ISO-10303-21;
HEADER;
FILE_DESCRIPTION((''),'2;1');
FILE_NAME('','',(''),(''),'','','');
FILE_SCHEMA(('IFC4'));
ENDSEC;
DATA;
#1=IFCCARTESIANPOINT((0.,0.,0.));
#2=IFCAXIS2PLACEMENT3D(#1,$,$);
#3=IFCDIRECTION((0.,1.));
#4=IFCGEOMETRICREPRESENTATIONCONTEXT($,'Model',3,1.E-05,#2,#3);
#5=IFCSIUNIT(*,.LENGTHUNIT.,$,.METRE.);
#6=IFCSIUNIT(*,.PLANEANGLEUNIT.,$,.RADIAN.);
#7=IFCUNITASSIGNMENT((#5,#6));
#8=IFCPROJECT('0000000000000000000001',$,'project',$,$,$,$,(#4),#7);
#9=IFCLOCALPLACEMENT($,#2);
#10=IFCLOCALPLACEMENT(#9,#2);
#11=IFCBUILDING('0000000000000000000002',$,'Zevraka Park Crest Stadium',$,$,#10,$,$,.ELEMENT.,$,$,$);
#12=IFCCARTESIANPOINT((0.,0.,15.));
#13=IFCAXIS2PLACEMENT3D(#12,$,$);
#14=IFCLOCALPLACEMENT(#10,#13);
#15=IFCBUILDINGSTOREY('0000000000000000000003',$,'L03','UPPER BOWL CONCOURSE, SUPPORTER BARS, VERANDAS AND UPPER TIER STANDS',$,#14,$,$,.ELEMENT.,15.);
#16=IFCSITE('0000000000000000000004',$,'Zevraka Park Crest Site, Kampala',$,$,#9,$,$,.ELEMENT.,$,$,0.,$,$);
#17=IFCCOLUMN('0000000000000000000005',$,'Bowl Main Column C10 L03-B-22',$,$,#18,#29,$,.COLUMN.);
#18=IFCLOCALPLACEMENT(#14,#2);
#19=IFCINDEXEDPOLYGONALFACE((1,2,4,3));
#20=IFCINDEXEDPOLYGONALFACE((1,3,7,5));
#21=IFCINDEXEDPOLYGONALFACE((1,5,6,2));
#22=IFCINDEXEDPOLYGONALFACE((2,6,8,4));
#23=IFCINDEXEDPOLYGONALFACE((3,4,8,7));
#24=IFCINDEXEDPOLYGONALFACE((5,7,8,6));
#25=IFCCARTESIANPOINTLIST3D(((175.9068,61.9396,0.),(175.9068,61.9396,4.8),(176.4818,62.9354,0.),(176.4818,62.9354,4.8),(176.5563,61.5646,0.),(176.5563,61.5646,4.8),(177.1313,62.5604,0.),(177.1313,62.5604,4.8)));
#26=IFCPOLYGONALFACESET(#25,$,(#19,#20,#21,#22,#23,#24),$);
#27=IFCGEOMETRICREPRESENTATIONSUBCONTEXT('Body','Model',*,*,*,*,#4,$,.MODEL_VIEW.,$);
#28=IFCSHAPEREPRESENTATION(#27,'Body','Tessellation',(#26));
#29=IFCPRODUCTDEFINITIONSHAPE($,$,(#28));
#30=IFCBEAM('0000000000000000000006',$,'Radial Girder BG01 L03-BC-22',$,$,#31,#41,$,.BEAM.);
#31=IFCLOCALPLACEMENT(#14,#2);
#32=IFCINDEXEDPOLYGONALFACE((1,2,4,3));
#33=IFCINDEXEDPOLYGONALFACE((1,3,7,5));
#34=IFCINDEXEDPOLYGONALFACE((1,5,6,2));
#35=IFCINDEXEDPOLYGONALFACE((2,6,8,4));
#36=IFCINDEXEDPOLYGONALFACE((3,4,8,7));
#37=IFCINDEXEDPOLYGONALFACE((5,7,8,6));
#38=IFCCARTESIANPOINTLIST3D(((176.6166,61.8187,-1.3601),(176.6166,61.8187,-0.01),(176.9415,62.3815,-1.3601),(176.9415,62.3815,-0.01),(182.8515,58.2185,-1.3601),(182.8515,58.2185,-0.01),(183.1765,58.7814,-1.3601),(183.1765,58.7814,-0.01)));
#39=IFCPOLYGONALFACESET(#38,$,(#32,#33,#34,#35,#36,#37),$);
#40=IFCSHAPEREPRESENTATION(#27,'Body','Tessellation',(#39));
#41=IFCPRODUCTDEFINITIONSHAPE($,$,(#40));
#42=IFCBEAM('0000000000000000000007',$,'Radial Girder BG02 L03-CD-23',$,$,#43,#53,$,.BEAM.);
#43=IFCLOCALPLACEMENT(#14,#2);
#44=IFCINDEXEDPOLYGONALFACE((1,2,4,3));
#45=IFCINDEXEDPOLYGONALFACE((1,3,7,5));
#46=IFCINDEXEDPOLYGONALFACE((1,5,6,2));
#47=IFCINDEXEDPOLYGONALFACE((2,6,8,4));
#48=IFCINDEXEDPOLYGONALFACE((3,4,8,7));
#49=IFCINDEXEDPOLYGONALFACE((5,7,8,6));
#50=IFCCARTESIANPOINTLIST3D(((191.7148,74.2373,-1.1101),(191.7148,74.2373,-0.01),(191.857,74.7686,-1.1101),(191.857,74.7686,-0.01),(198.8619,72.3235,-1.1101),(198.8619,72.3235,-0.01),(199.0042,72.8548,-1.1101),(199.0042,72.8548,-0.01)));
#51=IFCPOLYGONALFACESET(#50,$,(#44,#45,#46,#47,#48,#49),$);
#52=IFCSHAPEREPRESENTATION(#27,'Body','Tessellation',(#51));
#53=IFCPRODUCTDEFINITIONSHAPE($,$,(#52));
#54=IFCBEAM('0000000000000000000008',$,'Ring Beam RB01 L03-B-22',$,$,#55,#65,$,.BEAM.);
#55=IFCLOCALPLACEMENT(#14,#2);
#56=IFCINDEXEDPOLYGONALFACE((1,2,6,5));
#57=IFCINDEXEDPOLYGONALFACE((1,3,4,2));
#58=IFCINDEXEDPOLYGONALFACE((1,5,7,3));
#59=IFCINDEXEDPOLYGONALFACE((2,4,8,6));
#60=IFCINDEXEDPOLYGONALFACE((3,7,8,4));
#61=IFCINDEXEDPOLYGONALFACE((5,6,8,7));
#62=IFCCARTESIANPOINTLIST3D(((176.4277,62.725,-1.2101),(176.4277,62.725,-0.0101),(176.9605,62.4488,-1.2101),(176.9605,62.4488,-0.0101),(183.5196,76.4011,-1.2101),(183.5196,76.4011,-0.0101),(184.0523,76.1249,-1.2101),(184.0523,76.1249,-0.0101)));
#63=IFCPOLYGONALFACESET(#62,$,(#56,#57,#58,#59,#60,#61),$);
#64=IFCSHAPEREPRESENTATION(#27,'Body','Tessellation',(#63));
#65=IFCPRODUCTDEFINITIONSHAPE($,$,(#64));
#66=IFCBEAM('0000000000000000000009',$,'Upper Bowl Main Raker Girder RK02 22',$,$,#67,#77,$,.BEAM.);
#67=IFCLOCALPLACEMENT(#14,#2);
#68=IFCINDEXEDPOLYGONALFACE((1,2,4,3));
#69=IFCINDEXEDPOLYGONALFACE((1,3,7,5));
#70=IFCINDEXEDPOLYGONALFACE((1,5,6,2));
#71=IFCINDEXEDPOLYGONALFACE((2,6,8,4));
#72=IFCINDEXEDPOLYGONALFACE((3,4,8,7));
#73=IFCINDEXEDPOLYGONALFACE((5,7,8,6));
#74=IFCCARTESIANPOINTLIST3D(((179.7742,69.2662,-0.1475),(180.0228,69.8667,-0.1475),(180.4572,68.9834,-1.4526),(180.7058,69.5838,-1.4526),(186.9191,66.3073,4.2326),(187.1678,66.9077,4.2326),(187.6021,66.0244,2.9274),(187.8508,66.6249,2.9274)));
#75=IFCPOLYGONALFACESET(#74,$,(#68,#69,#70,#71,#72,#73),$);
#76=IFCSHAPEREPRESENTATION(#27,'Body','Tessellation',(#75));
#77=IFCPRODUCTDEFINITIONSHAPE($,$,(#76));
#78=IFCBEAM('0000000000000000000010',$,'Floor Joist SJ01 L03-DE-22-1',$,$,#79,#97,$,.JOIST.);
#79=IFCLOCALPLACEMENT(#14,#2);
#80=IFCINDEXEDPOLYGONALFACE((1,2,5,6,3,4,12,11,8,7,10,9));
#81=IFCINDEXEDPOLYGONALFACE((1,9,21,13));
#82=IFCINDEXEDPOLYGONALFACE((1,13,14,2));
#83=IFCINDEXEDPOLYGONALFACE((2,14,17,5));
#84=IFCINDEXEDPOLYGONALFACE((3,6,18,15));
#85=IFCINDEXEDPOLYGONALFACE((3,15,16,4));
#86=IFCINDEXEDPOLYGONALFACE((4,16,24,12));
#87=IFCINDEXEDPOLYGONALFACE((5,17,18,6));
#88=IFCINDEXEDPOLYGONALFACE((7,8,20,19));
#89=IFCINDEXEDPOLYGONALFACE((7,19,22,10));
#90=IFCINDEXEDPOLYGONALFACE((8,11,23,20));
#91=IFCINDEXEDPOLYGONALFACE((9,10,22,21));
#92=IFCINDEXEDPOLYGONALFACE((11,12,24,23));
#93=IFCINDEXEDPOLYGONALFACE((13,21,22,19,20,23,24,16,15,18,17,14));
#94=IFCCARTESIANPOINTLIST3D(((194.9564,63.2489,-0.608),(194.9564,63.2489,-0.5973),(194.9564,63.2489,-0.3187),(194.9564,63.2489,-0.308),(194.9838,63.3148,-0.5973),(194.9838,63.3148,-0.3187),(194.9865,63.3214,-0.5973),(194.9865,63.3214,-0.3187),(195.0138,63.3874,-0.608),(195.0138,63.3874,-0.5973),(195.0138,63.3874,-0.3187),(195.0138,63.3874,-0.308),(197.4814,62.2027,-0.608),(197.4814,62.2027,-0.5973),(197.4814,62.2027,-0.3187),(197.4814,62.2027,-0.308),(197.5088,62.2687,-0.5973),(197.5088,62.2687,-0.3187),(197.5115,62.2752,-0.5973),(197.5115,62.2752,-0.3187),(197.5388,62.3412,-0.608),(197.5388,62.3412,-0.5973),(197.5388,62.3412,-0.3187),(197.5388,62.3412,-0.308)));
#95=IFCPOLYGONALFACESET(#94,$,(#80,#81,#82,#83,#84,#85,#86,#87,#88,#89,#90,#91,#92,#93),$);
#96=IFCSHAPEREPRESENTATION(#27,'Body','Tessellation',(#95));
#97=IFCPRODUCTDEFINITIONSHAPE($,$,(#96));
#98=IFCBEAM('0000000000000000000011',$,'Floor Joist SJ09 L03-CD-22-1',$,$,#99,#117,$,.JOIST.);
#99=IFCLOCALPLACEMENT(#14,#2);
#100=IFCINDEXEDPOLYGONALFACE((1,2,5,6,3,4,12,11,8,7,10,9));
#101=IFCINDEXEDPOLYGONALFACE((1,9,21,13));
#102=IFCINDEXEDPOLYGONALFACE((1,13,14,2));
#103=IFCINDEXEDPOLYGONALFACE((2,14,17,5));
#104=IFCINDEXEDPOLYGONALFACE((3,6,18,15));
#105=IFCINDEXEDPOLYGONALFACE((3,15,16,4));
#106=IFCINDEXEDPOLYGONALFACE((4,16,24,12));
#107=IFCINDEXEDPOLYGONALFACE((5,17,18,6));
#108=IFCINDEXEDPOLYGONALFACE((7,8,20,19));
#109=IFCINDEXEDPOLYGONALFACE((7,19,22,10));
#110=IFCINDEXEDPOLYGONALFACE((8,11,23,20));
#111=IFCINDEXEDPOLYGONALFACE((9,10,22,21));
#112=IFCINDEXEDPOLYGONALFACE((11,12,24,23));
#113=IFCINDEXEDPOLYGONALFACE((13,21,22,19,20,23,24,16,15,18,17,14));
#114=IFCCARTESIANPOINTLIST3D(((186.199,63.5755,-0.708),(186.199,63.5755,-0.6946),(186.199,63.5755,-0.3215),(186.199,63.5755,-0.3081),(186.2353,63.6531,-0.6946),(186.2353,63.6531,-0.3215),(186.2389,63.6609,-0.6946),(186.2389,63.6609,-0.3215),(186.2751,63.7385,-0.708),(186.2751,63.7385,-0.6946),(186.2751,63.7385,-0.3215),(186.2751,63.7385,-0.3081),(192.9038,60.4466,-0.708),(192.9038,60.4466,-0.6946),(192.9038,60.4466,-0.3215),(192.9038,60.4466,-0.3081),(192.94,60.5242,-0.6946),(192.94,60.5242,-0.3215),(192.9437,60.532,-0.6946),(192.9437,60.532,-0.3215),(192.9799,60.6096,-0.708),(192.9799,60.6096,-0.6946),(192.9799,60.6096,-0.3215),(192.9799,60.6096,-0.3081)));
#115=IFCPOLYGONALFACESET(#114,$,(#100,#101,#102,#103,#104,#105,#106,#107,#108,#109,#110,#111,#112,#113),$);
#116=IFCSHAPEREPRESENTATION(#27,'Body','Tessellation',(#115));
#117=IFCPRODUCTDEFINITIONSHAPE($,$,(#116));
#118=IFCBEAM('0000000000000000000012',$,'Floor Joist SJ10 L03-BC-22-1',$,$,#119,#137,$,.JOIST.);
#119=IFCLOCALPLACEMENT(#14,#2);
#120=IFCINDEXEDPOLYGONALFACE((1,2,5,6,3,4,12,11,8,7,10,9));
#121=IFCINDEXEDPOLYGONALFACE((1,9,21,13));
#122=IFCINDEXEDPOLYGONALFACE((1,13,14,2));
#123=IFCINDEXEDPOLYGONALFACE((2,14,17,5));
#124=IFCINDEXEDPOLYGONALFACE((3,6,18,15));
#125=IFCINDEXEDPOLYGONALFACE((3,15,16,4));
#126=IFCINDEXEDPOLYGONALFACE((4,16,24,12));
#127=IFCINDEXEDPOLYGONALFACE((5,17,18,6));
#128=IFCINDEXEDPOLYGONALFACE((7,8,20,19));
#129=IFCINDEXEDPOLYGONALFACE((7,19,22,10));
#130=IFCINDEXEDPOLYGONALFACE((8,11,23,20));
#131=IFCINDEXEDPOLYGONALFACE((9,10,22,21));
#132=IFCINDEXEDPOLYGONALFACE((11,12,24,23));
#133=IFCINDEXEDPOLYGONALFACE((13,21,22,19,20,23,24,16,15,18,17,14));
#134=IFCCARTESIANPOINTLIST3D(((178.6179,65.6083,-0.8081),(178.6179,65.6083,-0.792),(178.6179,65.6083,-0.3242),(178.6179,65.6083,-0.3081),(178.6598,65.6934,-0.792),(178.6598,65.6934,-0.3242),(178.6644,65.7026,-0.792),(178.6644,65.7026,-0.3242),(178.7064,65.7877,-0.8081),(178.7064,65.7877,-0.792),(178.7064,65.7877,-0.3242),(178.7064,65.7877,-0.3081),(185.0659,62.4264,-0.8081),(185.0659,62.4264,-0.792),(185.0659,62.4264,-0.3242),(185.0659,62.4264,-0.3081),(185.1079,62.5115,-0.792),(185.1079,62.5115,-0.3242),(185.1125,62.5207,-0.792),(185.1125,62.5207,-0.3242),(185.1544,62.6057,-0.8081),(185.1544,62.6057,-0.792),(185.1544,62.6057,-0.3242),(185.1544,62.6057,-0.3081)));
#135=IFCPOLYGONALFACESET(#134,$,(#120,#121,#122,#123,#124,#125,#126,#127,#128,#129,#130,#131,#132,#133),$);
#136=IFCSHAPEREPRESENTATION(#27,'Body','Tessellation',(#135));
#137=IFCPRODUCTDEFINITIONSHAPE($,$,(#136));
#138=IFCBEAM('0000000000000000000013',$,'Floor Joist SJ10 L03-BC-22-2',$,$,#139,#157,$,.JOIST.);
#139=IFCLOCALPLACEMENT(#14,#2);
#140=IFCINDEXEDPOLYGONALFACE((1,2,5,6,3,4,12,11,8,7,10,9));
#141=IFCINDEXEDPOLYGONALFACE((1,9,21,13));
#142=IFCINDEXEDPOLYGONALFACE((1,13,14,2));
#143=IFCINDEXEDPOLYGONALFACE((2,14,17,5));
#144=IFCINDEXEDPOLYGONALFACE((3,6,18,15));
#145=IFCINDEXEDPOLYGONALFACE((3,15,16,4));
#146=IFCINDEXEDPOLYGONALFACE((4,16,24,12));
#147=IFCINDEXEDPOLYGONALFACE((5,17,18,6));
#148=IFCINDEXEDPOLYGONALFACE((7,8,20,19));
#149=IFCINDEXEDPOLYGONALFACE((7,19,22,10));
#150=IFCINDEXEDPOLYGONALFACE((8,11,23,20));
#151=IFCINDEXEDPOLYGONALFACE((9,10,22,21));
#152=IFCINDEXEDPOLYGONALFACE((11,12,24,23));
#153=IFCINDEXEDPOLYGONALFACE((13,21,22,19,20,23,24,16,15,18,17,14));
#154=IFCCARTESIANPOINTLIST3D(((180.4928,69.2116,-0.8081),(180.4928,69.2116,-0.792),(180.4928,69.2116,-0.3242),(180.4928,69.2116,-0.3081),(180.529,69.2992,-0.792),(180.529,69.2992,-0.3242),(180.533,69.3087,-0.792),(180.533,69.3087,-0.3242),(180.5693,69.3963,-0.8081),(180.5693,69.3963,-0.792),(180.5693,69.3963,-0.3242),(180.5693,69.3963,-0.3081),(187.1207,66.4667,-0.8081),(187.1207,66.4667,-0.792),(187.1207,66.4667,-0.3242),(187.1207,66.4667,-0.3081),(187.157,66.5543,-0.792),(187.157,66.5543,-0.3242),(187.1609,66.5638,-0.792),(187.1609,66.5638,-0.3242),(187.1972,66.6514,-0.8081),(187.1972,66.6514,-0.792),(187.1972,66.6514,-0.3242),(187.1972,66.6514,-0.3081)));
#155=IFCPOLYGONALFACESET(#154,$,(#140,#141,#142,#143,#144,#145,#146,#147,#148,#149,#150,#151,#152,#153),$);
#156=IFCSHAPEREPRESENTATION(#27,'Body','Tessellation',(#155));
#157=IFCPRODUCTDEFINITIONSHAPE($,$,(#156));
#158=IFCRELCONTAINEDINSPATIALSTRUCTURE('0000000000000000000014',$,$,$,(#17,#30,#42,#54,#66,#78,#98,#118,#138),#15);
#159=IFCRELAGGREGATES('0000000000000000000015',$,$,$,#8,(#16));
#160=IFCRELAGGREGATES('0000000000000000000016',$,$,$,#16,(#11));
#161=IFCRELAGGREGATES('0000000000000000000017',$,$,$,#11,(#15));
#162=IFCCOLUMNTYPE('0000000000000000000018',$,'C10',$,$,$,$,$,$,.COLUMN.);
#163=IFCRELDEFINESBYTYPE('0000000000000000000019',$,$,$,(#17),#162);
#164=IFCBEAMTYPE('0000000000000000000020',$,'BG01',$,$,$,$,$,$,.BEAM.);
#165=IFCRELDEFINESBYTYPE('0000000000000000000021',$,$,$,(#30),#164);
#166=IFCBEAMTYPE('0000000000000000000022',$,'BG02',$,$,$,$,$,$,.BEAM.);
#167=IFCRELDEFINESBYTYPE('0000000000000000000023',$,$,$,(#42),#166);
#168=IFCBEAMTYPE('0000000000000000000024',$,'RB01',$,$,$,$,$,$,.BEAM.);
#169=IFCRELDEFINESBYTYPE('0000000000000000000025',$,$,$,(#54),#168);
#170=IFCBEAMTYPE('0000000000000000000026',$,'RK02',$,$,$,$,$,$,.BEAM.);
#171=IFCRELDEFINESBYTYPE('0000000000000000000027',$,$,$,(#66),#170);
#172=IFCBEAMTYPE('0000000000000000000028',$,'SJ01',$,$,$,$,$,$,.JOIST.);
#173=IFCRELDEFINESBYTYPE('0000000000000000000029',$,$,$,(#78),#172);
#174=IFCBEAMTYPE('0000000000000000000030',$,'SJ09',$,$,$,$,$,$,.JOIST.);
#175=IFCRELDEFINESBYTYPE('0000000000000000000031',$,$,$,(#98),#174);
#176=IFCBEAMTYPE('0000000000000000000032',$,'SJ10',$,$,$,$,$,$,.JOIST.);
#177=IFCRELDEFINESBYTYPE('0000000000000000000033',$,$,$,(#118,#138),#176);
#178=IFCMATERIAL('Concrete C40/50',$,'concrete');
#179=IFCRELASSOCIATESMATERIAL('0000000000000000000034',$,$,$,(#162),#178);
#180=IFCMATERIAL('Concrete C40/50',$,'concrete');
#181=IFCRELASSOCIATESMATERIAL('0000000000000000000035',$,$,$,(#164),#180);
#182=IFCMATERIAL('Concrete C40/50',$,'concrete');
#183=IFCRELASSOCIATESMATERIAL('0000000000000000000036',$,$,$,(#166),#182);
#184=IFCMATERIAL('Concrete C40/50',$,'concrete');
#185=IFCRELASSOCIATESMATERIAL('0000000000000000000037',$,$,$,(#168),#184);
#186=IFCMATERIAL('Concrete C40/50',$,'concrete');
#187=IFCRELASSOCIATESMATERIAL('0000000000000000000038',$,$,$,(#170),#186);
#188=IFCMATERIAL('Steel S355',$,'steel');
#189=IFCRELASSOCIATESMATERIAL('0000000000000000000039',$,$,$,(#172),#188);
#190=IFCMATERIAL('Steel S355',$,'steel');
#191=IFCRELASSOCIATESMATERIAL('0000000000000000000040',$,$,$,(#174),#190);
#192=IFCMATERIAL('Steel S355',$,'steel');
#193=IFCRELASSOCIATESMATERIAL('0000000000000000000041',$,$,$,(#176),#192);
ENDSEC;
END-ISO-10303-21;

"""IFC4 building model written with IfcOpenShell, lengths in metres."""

from ifc_helpers import new_model, si_unit, direction, frame, origin, origin_2d, place, context, subcontext, project, spatial, rectangle, i_section, extrude, material, material_profile, profile_set, type_object, element, save


model = new_model("IFC4")

# Units and contexts
model_context = context("Model", 3, precision=1e-05, world=origin(), true_north=direction((0.0, 1.0)))
body_context = subcontext(model_context, "Body", "Model", "MODEL_VIEW")
ifc_project = project(units=[si_unit("LENGTHUNIT", "METRE"), si_unit("PLANEANGLEUNIT", "RADIAN")], contexts=[model_context])

# Site, building, storey
site_placement = place(None, origin())
site = spatial("IfcSite", under=ifc_project, at=site_placement, Name="Zevraka Park Crest Site, Kampala", CompositionType="ELEMENT", RefElevation=0.0)
building_placement = place(site_placement, origin())
building = spatial("IfcBuilding", under=site, at=building_placement, Name="Zevraka Park Crest Stadium", CompositionType="ELEMENT")
storey_placement = place(building_placement, frame((0.0, 0.0, 15.0)))
storey = spatial("IfcBuildingStorey", under=building, at=storey_placement, Name="L03", Description="UPPER BOWL CONCOURSE, SUPPORTER BARS, VERANDAS AND UPPER TIER STANDS", CompositionType="ELEMENT", Elevation=15.0)

# Column
ifc_material_1 = material(Name="Concrete C40/50", Category="concrete")
ifc_material_profile_1 = material_profile(ifc_material_1, rectangle(XDim=0.75, YDim=1.1499, at=origin_2d()), Name="RC 1150x750")
ifc_profile_set_1 = profile_set([ifc_material_profile_1], Name="Concrete C40/50")
column_type = type_object("IfcColumnType", Name="C10", PredefinedType="COLUMN", material=ifc_profile_set_1)
column_placement = place(storey_placement, frame((176.519, 62.25, 0.0), z_axis=(0.0, 0.0, 1.0), x_axis=(-0.866025, 0.5, 0.0)))
element("IfcColumn", 1, at=column_placement, inside=storey, type_object=column_type, Name="Bowl Main Column C10 L03-B-22", PredefinedType="COLUMN", context=body_context, shape_type="SweptSolid", body=[
    extrude(rectangle(XDim=0.75, YDim=1.1499, at=origin_2d()), origin(), (0.0, 0.0, 1.0), 4.8),
])

# Beams
ifc_material_2 = material(Name="Concrete C40/50", Category="concrete")
ifc_material_profile_2 = material_profile(ifc_material_2, rectangle(XDim=0.6499, YDim=1.3501, at=origin_2d()), Name="RC 1350x650")
ifc_profile_set_2 = profile_set([ifc_material_profile_2], Name="Concrete C40/50")
beam_type_1 = type_object("IfcBeamType", Name="BG01", PredefinedType="BEAM", material=ifc_profile_set_2)
beam_1_placement = place(storey_placement, frame((176.7791, 62.1001, -0.6851), z_axis=(0.866001, -0.500041, 0.0), x_axis=(0.500041, 0.866001, 0.0)))
element("IfcBeam", 2, at=beam_1_placement, inside=storey, type_object=beam_type_1, Name="Radial Girder BG01 L03-BC-22", PredefinedType="BEAM", context=body_context, shape_type="SweptSolid", body=[
    extrude(rectangle(XDim=0.6499, YDim=1.3501, at=origin_2d()), origin(), (0.0, 0.0, 1.0), 7.1997),
])
ifc_material_3 = material(Name="Concrete C40/50", Category="concrete")
ifc_material_profile_3 = material_profile(ifc_material_3, rectangle(XDim=0.55, YDim=1.1001, at=origin_2d()), Name="RC 1100x550")
ifc_profile_set_3 = profile_set([ifc_material_profile_3], Name="Concrete C40/50")
beam_type_2 = type_object("IfcBeamType", Name="BG02", PredefinedType="BEAM", material=ifc_profile_set_3)
beam_2_placement = place(storey_placement, frame((191.7859, 74.5029, -0.5601), z_axis=(0.965969, -0.258659, 0.0), x_axis=(0.258659, 0.965969, 0.0)))
element("IfcBeam", 3, at=beam_2_placement, inside=storey, type_object=beam_type_2, Name="Radial Girder BG02 L03-CD-23", PredefinedType="BEAM", context=body_context, shape_type="SweptSolid", body=[
    extrude(rectangle(XDim=0.55, YDim=1.1001, at=origin_2d()), origin(), (0.0, 0.0, 1.0), 7.3989),
])
ifc_material_4 = material(Name="Concrete C40/50", Category="concrete")
ifc_material_profile_4 = material_profile(ifc_material_4, rectangle(XDim=0.6001, YDim=1.2, at=origin_2d()), Name="RC 1200x600")
ifc_profile_set_4 = profile_set([ifc_material_profile_4], Name="Concrete C40/50")
beam_type_3 = type_object("IfcBeamType", Name="RB01", PredefinedType="BEAM", material=ifc_profile_set_4)
beam_3_placement = place(storey_placement, frame((176.6941, 62.5869, -0.6101), z_axis=(0.460344, 0.887741, 0.0), x_axis=(-0.887741, 0.460344, 0.0)))
element("IfcBeam", 4, at=beam_3_placement, inside=storey, type_object=beam_type_3, Name="Ring Beam RB01 L03-B-22", PredefinedType="BEAM", context=body_context, shape_type="SweptSolid", body=[
    extrude(rectangle(XDim=0.6001, YDim=1.2, at=origin_2d()), origin(), (0.0, 0.0, 1.0), 15.4055),
])
ifc_material_5 = material(Name="Concrete C40/50", Category="concrete")
ifc_material_profile_5 = material_profile(ifc_material_5, rectangle(XDim=0.6499, YDim=1.5, at=origin_2d()), Name="RC 1500x650")
ifc_profile_set_5 = profile_set([ifc_material_profile_5], Name="Concrete C40/50")
beam_type_4 = type_object("IfcBeamType", Name="RK02", PredefinedType="BEAM", material=ifc_profile_set_5)
beam_4_placement = place(storey_placement, frame((180.24, 69.425, -0.8), z_axis=(0.803916, -0.332928, 0.492826), x_axis=(0.382619, 0.923906, 0.0)))
element("IfcBeam", 5, at=beam_4_placement, inside=storey, type_object=beam_type_4, Name="Upper Bowl Main Raker Girder RK02 22", PredefinedType="BEAM", context=body_context, shape_type="SweptSolid", body=[
    extrude(rectangle(XDim=0.6499, YDim=1.5, at=origin_2d()), origin(), (0.0, 0.0, 1.0), 8.8877),
])
ifc_material_6 = material(Name="Steel S355", Category="steel")
ifc_material_profile_6 = material_profile(ifc_material_6, i_section(OverallWidth=0.1499, OverallDepth=0.3, WebThickness=0.0071, FlangeThickness=0.0107, at=origin_2d()), Name="IPE 300")
ifc_profile_set_6 = profile_set([ifc_material_profile_6], Name="Steel S355")
beam_type_5 = type_object("IfcBeamType", Name="SJ01", PredefinedType="JOIST", material=ifc_profile_set_6)
beam_5_placement = place(storey_placement, frame((194.9851, 63.3181, -0.458), z_axis=(0.923842, -0.382775, 0.0), x_axis=(0.382775, 0.923842, 0.0)))
element("IfcBeam", 6, at=beam_5_placement, inside=storey, type_object=beam_type_5, Name="Floor Joist SJ01 L03-DE-22-1", PredefinedType="JOIST", context=body_context, shape_type="SweptSolid", body=[
    extrude(i_section(OverallWidth=0.1499, OverallDepth=0.3, WebThickness=0.0071, FlangeThickness=0.0107, at=origin_2d()), origin(), (0.0, 0.0, 1.0), 2.7332),
])
ifc_material_7 = material(Name="Steel S355", Category="steel")
ifc_material_profile_7 = material_profile(ifc_material_7, i_section(OverallWidth=0.1799, OverallDepth=0.3999, WebThickness=0.0085, FlangeThickness=0.0134, at=origin_2d()), Name="IPE 400")
ifc_profile_set_7 = profile_set([ifc_material_profile_7], Name="Steel S355")
beam_type_6 = type_object("IfcBeamType", Name="SJ09", PredefinedType="JOIST", material=ifc_profile_set_7)
beam_6_placement = place(storey_placement, frame((186.2371, 63.657, -0.5081), z_axis=(0.906184, -0.422884, 0.0), x_axis=(0.422884, 0.906184, 0.0)))
element("IfcBeam", 7, at=beam_6_placement, inside=storey, type_object=beam_type_6, Name="Floor Joist SJ09 L03-CD-22-1", PredefinedType="JOIST", context=body_context, shape_type="SweptSolid", body=[
    extrude(i_section(OverallWidth=0.1799, OverallDepth=0.3999, WebThickness=0.0085, FlangeThickness=0.0134, at=origin_2d()), origin(), (0.0, 0.0, 1.0), 7.3989),
])
ifc_material_8 = material(Name="Steel S355", Category="steel")
ifc_material_profile_8 = material_profile(ifc_material_8, i_section(OverallWidth=0.2, OverallDepth=0.5, WebThickness=0.0103, FlangeThickness=0.0161, at=origin_2d()), Name="IPE 500")
ifc_profile_set_8 = profile_set([ifc_material_profile_8], Name="Steel S355")
beam_type_7 = type_object("IfcBeamType", Name="SJ10", PredefinedType="JOIST", material=ifc_profile_set_8)
beam_7_placement = place(storey_placement, frame((178.6621, 65.698, -0.5581), z_axis=(0.896758, -0.442522, 0.0), x_axis=(0.442522, 0.896758, 0.0)))
element("IfcBeam", 8, at=beam_7_placement, inside=storey, type_object=beam_type_7, Name="Floor Joist SJ10 L03-BC-22-1", PredefinedType="JOIST", context=body_context, shape_type="SweptSolid", body=[
    extrude(i_section(OverallWidth=0.2, OverallDepth=0.5, WebThickness=0.0103, FlangeThickness=0.0161, at=origin_2d()), origin(), (0.0, 0.0, 1.0), 7.1904),
])
beam_8_placement = place(storey_placement, frame((180.531, 69.304, -0.5581), z_axis=(0.923904, -0.382623, 0.0), x_axis=(0.382623, 0.923904, 0.0)))
element("IfcBeam", 9, at=beam_8_placement, inside=storey, type_object=beam_type_7, Name="Floor Joist SJ10 L03-BC-22-2", PredefinedType="JOIST", context=body_context, shape_type="SweptSolid", body=[
    extrude(i_section(OverallWidth=0.2, OverallDepth=0.5, WebThickness=0.0103, FlangeThickness=0.0161, at=origin_2d()), origin(), (0.0, 0.0, 1.0), 7.1738),
])

save(model, "model.ifc")
